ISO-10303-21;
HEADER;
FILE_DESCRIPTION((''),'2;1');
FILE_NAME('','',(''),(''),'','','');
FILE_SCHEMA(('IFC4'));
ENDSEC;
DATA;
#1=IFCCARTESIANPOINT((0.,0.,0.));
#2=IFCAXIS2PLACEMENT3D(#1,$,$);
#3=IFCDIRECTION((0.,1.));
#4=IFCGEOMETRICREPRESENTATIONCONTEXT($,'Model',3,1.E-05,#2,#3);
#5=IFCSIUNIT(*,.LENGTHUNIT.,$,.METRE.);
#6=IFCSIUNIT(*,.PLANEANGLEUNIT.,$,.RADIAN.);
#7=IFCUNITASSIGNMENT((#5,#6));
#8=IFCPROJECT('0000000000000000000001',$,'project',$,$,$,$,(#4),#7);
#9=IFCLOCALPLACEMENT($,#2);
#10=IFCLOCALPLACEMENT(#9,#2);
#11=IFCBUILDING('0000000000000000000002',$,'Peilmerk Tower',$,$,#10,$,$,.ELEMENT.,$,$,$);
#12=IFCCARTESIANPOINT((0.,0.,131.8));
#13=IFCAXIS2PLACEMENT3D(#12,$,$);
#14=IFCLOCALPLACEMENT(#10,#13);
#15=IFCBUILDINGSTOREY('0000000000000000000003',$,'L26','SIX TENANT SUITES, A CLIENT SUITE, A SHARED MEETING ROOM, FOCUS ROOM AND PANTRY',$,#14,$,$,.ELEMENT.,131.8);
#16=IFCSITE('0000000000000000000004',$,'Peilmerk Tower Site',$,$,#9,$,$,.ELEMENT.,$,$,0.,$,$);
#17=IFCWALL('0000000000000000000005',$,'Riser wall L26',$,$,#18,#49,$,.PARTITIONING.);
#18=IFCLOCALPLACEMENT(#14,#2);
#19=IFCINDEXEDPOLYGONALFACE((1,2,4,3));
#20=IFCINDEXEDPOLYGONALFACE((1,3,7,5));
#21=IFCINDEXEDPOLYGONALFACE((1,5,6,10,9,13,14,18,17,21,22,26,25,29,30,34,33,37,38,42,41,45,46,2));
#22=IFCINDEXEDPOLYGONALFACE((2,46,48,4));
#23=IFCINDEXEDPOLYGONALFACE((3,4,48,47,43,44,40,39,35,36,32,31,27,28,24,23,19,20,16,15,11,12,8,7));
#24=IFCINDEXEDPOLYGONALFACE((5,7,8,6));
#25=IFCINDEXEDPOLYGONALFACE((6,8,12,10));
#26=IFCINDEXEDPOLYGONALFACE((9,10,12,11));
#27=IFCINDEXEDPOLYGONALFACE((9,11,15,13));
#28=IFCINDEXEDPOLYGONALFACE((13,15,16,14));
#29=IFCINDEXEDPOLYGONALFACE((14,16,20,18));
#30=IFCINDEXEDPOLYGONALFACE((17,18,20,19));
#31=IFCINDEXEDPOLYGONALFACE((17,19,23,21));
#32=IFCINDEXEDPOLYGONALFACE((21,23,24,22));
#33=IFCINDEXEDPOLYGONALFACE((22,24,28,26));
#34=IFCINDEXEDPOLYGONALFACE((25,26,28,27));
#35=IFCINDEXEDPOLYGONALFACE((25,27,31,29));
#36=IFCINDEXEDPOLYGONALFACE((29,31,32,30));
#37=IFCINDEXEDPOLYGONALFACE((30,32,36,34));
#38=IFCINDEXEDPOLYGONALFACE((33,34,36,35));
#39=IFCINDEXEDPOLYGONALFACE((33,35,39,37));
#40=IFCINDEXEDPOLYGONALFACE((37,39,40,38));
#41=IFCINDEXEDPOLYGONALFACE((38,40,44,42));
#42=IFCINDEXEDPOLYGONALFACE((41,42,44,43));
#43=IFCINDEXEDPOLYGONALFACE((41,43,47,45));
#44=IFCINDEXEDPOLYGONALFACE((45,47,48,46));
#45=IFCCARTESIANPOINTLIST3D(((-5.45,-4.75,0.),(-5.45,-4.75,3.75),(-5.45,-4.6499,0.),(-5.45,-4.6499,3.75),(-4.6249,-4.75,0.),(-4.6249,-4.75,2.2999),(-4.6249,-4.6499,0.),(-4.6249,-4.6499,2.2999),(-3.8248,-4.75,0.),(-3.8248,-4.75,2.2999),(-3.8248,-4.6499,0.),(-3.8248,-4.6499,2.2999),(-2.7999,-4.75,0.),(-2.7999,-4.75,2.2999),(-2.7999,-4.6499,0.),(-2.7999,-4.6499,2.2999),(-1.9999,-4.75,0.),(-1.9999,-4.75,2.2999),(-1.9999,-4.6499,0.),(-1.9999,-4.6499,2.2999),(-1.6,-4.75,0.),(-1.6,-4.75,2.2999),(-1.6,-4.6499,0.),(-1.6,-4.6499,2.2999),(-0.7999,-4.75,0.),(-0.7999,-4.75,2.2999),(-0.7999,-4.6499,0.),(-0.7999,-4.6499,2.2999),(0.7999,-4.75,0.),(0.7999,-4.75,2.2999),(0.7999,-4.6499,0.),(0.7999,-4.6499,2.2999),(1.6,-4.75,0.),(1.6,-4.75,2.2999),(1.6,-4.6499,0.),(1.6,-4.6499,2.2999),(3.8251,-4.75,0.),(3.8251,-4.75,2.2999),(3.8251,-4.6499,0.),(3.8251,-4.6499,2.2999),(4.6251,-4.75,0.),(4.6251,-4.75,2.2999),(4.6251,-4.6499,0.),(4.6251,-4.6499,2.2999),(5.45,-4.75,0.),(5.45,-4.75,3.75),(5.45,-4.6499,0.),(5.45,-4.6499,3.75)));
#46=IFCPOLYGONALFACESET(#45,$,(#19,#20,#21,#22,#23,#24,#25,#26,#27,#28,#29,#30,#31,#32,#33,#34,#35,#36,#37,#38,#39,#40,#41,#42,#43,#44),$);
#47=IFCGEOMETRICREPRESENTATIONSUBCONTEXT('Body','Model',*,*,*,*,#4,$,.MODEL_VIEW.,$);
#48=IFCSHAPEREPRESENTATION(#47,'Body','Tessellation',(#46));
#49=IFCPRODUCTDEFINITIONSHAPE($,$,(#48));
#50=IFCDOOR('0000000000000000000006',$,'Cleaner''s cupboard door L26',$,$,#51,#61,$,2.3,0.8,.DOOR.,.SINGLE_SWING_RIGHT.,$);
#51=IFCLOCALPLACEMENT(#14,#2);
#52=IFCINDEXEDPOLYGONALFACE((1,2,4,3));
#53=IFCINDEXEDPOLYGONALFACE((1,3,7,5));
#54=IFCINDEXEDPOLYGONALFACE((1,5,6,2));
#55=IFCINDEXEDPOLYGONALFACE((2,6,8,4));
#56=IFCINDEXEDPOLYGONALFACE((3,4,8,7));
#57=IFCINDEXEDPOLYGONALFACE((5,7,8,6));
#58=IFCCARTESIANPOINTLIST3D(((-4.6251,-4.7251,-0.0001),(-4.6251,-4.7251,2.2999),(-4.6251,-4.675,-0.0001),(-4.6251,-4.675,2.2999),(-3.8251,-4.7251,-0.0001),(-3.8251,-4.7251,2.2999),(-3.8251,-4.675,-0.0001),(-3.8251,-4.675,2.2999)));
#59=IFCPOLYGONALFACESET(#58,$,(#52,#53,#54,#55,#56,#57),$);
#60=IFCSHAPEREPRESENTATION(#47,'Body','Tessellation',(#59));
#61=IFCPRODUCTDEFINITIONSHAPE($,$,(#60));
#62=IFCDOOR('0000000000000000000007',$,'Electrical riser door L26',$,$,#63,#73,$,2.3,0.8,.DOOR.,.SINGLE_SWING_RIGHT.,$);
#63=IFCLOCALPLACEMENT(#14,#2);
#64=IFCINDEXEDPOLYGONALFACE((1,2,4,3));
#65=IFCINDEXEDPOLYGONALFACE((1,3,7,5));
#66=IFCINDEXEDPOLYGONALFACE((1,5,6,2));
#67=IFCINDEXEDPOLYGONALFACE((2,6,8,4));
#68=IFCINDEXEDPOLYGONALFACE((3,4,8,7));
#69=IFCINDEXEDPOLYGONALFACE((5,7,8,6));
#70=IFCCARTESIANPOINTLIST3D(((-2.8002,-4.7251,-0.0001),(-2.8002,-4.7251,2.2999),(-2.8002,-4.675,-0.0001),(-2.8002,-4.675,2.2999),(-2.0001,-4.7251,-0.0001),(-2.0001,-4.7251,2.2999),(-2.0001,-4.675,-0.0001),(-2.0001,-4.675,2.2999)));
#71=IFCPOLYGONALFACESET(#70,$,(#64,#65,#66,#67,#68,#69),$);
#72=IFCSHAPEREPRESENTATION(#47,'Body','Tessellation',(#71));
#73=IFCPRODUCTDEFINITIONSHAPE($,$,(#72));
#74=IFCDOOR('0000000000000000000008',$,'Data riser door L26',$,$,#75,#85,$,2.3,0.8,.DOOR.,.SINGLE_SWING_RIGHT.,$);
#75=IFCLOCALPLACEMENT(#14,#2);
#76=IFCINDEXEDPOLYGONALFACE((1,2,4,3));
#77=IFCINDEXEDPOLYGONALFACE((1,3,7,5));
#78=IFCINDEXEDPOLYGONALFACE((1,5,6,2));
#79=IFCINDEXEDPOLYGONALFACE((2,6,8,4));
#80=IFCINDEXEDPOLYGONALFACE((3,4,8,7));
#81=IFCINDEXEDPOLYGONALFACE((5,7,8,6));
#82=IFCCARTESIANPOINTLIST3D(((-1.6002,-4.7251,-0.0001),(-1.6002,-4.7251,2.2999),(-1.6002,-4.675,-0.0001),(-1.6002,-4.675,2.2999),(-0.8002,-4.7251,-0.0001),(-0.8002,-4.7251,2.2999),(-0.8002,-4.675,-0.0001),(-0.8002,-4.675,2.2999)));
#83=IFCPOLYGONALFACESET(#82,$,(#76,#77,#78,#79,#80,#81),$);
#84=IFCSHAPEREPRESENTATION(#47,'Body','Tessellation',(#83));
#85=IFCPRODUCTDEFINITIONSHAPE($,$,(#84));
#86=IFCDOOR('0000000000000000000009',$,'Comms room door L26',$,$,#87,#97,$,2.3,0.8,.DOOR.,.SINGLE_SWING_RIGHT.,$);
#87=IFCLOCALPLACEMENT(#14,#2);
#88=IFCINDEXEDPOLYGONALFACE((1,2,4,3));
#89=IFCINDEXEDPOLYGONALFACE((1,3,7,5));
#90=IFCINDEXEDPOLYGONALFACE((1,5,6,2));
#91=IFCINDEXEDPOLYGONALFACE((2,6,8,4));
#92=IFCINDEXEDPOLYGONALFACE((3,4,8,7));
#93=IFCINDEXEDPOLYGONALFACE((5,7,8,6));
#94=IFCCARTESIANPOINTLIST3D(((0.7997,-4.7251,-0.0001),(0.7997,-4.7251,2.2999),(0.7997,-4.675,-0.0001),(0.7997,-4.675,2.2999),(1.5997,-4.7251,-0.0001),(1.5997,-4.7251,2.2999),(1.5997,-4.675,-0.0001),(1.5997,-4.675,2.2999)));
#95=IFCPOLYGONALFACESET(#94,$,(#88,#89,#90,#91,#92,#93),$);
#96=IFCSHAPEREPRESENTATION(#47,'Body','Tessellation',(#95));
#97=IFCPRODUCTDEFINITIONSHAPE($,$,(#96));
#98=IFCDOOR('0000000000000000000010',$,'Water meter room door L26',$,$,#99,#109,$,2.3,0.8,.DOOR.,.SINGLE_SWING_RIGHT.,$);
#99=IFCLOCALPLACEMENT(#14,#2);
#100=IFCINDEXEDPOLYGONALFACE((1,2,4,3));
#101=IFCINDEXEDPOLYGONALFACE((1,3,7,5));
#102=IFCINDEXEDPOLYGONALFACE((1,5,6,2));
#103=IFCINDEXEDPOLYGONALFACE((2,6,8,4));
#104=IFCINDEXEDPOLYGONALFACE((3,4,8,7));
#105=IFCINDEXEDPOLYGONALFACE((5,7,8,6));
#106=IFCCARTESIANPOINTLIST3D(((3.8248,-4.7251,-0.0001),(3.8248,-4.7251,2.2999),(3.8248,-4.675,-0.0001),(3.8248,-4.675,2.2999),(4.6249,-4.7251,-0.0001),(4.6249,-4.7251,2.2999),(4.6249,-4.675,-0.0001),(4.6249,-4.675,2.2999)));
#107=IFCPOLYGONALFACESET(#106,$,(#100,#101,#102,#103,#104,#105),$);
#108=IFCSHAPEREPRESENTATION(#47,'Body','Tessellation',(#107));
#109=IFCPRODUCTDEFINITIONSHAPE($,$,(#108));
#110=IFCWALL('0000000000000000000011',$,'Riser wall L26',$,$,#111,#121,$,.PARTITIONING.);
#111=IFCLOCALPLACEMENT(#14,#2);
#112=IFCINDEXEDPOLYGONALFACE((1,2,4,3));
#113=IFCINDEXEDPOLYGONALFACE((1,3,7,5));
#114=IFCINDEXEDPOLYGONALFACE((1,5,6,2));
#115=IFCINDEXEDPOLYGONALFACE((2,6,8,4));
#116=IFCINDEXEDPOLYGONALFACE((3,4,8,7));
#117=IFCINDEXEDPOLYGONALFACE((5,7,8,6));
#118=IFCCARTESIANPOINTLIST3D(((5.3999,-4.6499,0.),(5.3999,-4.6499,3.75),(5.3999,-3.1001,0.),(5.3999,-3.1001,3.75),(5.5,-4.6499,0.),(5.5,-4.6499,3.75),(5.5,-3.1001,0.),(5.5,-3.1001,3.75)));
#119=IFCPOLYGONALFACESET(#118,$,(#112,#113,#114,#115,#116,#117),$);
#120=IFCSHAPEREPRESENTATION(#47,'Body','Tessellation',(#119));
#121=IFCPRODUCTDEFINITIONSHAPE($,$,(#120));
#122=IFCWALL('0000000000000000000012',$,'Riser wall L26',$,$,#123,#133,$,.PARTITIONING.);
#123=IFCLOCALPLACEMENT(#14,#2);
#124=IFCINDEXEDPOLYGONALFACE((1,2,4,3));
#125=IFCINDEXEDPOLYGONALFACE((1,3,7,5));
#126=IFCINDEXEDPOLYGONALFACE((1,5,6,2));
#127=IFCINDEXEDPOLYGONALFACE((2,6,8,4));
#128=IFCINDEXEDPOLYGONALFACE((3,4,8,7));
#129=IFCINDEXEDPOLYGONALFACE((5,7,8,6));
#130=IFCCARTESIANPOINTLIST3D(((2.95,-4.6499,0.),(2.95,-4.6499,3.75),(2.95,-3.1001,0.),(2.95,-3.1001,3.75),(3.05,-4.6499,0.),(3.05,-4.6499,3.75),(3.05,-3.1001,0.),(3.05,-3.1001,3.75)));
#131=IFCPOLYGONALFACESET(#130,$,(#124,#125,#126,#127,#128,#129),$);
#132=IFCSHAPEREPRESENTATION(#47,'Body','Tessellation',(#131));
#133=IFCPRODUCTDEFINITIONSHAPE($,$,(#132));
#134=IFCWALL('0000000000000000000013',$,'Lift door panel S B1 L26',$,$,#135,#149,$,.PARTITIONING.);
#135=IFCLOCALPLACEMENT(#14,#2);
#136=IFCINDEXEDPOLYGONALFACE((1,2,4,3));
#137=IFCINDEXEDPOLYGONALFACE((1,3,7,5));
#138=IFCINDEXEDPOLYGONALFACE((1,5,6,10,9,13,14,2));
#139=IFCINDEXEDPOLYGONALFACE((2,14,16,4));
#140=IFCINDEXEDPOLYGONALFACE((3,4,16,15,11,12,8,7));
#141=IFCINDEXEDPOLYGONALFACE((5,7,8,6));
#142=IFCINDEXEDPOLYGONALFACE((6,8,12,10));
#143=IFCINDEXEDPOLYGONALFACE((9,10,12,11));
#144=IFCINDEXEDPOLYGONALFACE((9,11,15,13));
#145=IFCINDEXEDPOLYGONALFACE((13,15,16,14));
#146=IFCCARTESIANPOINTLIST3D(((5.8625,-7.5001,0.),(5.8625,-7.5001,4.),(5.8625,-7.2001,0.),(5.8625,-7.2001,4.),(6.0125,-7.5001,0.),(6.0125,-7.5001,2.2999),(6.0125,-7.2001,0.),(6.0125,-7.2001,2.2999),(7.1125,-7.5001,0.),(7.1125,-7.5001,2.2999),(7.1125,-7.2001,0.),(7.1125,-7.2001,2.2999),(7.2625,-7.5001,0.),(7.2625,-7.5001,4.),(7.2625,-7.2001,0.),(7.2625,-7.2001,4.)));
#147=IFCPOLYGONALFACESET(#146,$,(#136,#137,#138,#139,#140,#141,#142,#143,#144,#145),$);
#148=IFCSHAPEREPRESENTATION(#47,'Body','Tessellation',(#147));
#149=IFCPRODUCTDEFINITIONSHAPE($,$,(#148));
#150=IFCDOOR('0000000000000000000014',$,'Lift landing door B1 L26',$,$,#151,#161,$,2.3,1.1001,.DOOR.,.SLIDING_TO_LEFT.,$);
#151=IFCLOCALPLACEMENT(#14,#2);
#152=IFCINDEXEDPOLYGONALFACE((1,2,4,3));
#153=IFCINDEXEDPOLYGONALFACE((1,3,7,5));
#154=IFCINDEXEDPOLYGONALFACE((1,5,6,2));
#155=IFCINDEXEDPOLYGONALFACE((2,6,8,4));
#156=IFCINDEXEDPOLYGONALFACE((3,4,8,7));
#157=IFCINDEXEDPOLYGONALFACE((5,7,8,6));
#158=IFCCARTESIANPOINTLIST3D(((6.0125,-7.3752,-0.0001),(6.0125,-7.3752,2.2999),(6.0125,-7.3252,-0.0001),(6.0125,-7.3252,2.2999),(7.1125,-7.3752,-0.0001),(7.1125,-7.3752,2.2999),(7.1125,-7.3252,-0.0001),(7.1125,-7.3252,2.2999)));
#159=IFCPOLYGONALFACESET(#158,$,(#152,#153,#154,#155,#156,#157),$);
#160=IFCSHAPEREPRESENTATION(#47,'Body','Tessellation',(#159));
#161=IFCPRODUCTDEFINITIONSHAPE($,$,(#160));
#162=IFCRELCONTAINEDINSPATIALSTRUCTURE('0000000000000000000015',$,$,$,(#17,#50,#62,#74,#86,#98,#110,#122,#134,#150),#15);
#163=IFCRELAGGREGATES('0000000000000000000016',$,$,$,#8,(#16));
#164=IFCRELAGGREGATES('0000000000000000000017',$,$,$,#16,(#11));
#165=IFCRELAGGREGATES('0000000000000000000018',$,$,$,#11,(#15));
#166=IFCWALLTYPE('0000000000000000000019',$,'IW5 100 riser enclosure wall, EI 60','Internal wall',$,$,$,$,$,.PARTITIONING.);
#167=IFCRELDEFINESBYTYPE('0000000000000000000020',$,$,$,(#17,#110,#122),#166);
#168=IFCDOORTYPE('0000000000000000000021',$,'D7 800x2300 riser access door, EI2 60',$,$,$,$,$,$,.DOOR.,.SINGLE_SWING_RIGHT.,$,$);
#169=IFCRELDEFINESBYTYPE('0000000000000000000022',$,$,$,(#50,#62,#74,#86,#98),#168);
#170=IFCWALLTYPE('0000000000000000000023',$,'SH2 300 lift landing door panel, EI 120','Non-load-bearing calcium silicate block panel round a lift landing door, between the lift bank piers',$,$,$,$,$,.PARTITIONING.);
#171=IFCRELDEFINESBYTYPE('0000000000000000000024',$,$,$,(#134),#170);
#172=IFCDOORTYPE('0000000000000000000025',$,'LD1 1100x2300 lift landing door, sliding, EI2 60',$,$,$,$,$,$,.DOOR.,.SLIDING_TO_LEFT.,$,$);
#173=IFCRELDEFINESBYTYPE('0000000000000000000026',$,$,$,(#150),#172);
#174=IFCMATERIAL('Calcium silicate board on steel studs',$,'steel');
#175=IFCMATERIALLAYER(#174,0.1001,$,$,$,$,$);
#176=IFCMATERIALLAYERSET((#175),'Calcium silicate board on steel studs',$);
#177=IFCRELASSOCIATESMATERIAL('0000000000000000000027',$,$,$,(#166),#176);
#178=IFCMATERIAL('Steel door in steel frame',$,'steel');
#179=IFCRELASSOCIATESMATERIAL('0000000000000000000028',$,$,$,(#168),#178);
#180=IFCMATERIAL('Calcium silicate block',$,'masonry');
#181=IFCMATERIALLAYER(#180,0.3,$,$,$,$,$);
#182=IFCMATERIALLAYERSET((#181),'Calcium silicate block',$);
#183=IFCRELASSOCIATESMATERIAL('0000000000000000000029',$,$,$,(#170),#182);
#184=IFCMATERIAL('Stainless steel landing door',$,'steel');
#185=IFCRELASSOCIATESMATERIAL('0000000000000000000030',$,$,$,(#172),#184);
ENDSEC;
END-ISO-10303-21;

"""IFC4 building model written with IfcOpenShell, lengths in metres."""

from ifc_helpers import new_model, si_unit, direction, frame, frame_2d, origin, place, context, subcontext, project, spatial, rectangle, extrude, material, layer, layer_set, type_object, element, fill, save


model = new_model("IFC4")

# Units and contexts
model_context = context("Model", 3, precision=1e-05, world=origin(), true_north=direction((0.0, 1.0)))
body_context = subcontext(model_context, "Body", "Model", "MODEL_VIEW")
ifc_project = project(units=[si_unit("LENGTHUNIT", "METRE"), si_unit("PLANEANGLEUNIT", "RADIAN")], contexts=[model_context])

# Site, building, storey
site_placement = place(None, origin())
site = spatial("IfcSite", under=ifc_project, at=site_placement, Name="Peilmerk Tower Site", CompositionType="ELEMENT", RefElevation=0.0)
building_placement = place(site_placement, origin())
building = spatial("IfcBuilding", under=site, at=building_placement, Name="Peilmerk Tower", CompositionType="ELEMENT")
storey_placement = place(building_placement, frame((0.0, 0.0, 131.8)))
storey = spatial("IfcBuildingStorey", under=building, at=storey_placement, Name="L26", Description="SIX TENANT SUITES, A CLIENT SUITE, A SHARED MEETING ROOM, FOCUS ROOM AND PANTRY", CompositionType="ELEMENT", Elevation=131.8)

# Shared definitions
ifc_material_1 = material(Name="Steel door in steel frame", Category="steel")

# Shared definitions
ifc_material_2 = material(Name="Calcium silicate board on steel studs", Category="steel")
ifc_layer_1 = layer(ifc_material_2, 0.1001)
ifc_layer_set_1 = layer_set([ifc_layer_1], Name="Calcium silicate board on steel studs")
wall_type_1 = type_object("IfcWallType", Name="IW5 100 riser enclosure wall, EI 60", Description="Internal wall", PredefinedType="PARTITIONING", material=ifc_layer_set_1)

# Wall, openings, doors
wall_1_placement = place(storey_placement, frame((5.45, -4.7, 0.0), z_axis=(0.0, 0.0, 1.0), x_axis=(-1.0, 0.0, 0.0)))
wall_1 = element("IfcWall", 1, at=wall_1_placement, inside=storey, type_object=wall_type_1, Name="Riser wall L26", PredefinedType="PARTITIONING", context=body_context, shape_type="SweptSolid", body=[
    extrude(rectangle(XDim=10.8999, YDim=0.1001, at=frame_2d((5.45, 0.0))), origin(), (0.0, 0.0, 1.0), 3.75),
])
opening_1_placement = place(wall_1_placement, frame((9.2749, 0.0, 0.0)))
opening_1 = element("IfcOpeningElement", 2, at=opening_1_placement, cuts=wall_1, PredefinedType="OPENING", context=body_context, shape_type="SweptSolid", body=[
    extrude(rectangle(XDim=0.8, YDim=2.3, at=frame_2d((0.3999, 1.1499))), frame((0.0, 0.0601, 0.0), z_axis=(0.0, -1.0, 0.0), x_axis=(1.0, 0.0, 0.0)), (0.0, 0.0, 1.0), 0.1201),
])
opening_2_placement = place(wall_1_placement, frame((7.45, 0.0, 0.0)))
opening_2 = element("IfcOpeningElement", 3, at=opening_2_placement, cuts=wall_1, PredefinedType="OPENING", context=body_context, shape_type="SweptSolid", body=[
    extrude(rectangle(XDim=0.8, YDim=2.3, at=frame_2d((0.3999, 1.1499))), frame((0.0, 0.0601, 0.0), z_axis=(0.0, -1.0, 0.0), x_axis=(1.0, 0.0, 0.0)), (0.0, 0.0, 1.0), 0.1201),
])
opening_3_placement = place(wall_1_placement, frame((6.25, 0.0, 0.0)))
opening_3 = element("IfcOpeningElement", 4, at=opening_3_placement, cuts=wall_1, PredefinedType="OPENING", context=body_context, shape_type="SweptSolid", body=[
    extrude(rectangle(XDim=0.8, YDim=2.3, at=frame_2d((0.3999, 1.1499))), frame((0.0, 0.0601, 0.0), z_axis=(0.0, -1.0, 0.0), x_axis=(1.0, 0.0, 0.0)), (0.0, 0.0, 1.0), 0.1201),
])
opening_4_placement = place(wall_1_placement, frame((3.8501, 0.0, 0.0)))
opening_4 = element("IfcOpeningElement", 5, at=opening_4_placement, cuts=wall_1, PredefinedType="OPENING", context=body_context, shape_type="SweptSolid", body=[
    extrude(rectangle(XDim=0.8, YDim=2.3, at=frame_2d((0.3999, 1.1499))), frame((0.0, 0.0601, 0.0), z_axis=(0.0, -1.0, 0.0), x_axis=(1.0, 0.0, 0.0)), (0.0, 0.0, 1.0), 0.1201),
])
opening_5_placement = place(wall_1_placement, frame((0.825, 0.0, 0.0)))
opening_5 = element("IfcOpeningElement", 6, at=opening_5_placement, cuts=wall_1, PredefinedType="OPENING", context=body_context, shape_type="SweptSolid", body=[
    extrude(rectangle(XDim=0.8, YDim=2.3, at=frame_2d((0.3999, 1.1499))), frame((0.0, 0.0601, 0.0), z_axis=(0.0, -1.0, 0.0), x_axis=(1.0, 0.0, 0.0)), (0.0, 0.0, 1.0), 0.1201),
])
door_type_1 = type_object("IfcDoorType", Name="D7 800x2300 riser access door, EI2 60", OperationType="SINGLE_SWING_RIGHT", PredefinedType="DOOR", material=ifc_material_1)
door_1_placement = place(opening_1_placement, frame((0.8, 0.0, 0.0), z_axis=(0.0, 0.0, 1.0), x_axis=(-1.0, 0.0, 0.0)))
door_1 = element("IfcDoor", 7, at=door_1_placement, inside=storey, type_object=door_type_1, Name="Cleaner's cupboard door L26", OperationType="SINGLE_SWING_RIGHT", OverallHeight=2.3, OverallWidth=0.8, PredefinedType="DOOR", context=body_context, shape_type="SweptSolid", body=[
    extrude(rectangle(XDim=0.8, YDim=2.3, at=frame_2d((0.3999, 1.1499))), frame((0.0, 0.0249, 0.0), z_axis=(0.0, -1.0, 0.0), x_axis=(1.0, 0.0, 0.0)), (0.0, 0.0, 1.0), 0.05),
])
fill(opening_1, door_1)
door_2_placement = place(opening_2_placement, frame((0.8, 0.0, 0.0), z_axis=(0.0, 0.0, 1.0), x_axis=(-1.0, 0.0, 0.0)))
door_2 = element("IfcDoor", 8, at=door_2_placement, inside=storey, type_object=door_type_1, Name="Electrical riser door L26", OperationType="SINGLE_SWING_RIGHT", OverallHeight=2.3, OverallWidth=0.8, PredefinedType="DOOR", context=body_context, shape_type="SweptSolid", body=[
    extrude(rectangle(XDim=0.8, YDim=2.3, at=frame_2d((0.3999, 1.1499))), frame((0.0, 0.0249, 0.0), z_axis=(0.0, -1.0, 0.0), x_axis=(1.0, 0.0, 0.0)), (0.0, 0.0, 1.0), 0.05),
])
fill(opening_2, door_2)
door_3_placement = place(opening_3_placement, frame((0.8, 0.0, 0.0), z_axis=(0.0, 0.0, 1.0), x_axis=(-1.0, 0.0, 0.0)))
door_3 = element("IfcDoor", 9, at=door_3_placement, inside=storey, type_object=door_type_1, Name="Data riser door L26", OperationType="SINGLE_SWING_RIGHT", OverallHeight=2.3, OverallWidth=0.8, PredefinedType="DOOR", context=body_context, shape_type="SweptSolid", body=[
    extrude(rectangle(XDim=0.8, YDim=2.3, at=frame_2d((0.3999, 1.1499))), frame((0.0, 0.0249, 0.0), z_axis=(0.0, -1.0, 0.0), x_axis=(1.0, 0.0, 0.0)), (0.0, 0.0, 1.0), 0.05),
])
fill(opening_3, door_3)
door_4_placement = place(opening_4_placement, frame((0.8, 0.0, 0.0), z_axis=(0.0, 0.0, 1.0), x_axis=(-1.0, 0.0, 0.0)))
door_4 = element("IfcDoor", 10, at=door_4_placement, inside=storey, type_object=door_type_1, Name="Comms room door L26", OperationType="SINGLE_SWING_RIGHT", OverallHeight=2.3, OverallWidth=0.8, PredefinedType="DOOR", context=body_context, shape_type="SweptSolid", body=[
    extrude(rectangle(XDim=0.8, YDim=2.3, at=frame_2d((0.3999, 1.1499))), frame((0.0, 0.0249, 0.0), z_axis=(0.0, -1.0, 0.0), x_axis=(1.0, 0.0, 0.0)), (0.0, 0.0, 1.0), 0.05),
])
fill(opening_4, door_4)
door_5_placement = place(opening_5_placement, frame((0.8, 0.0, 0.0), z_axis=(0.0, 0.0, 1.0), x_axis=(-1.0, 0.0, 0.0)))
door_5 = element("IfcDoor", 11, at=door_5_placement, inside=storey, type_object=door_type_1, Name="Water meter room door L26", OperationType="SINGLE_SWING_RIGHT", OverallHeight=2.3, OverallWidth=0.8, PredefinedType="DOOR", context=body_context, shape_type="SweptSolid", body=[
    extrude(rectangle(XDim=0.8, YDim=2.3, at=frame_2d((0.3999, 1.1499))), frame((0.0, 0.0249, 0.0), z_axis=(0.0, -1.0, 0.0), x_axis=(1.0, 0.0, 0.0)), (0.0, 0.0, 1.0), 0.05),
])
fill(opening_5, door_5)

# Walls
for number, where, z_axis, x_axis, name in (
    (12, (5.45, -3.1001, 0.0), (0.0, 0.0, 1.0), (0.0, -1.0, 0.0), "Riser wall L26"),
    (13, (3.0, -3.1001, 0.0), (0.0, 0.0, 1.0), (0.0, -1.0, 0.0), "Riser wall L26"),
):
    element("IfcWall", number, at=place(storey_placement, frame(where, z_axis=z_axis, x_axis=x_axis)), inside=storey, type_object=wall_type_1, Name=name, PredefinedType="PARTITIONING", context=body_context, shape_type="SweptSolid", body=[
        extrude(rectangle(XDim=1.5498, YDim=0.1001, at=frame_2d((0.7749, 0.0))), origin(), (0.0, 0.0, 1.0), 3.75),
    ])

# Wall, opening, door
ifc_material_3 = material(Name="Calcium silicate block", Category="masonry")
ifc_layer_2 = layer(ifc_material_3, 0.3)
ifc_layer_set_2 = layer_set([ifc_layer_2], Name="Calcium silicate block")
wall_type_2 = type_object("IfcWallType", Name="SH2 300 lift landing door panel, EI 120", Description="Non-load-bearing calcium silicate block panel round a lift landing door, between the lift bank piers", PredefinedType="PARTITIONING", material=ifc_layer_set_2)
wall_2_placement = place(storey_placement, frame((5.8625, -7.3501, 0.0), z_axis=(0.0, 0.0, 1.0), x_axis=(1.0, 0.0, 0.0)))
wall_2 = element("IfcWall", 14, at=wall_2_placement, inside=storey, type_object=wall_type_2, Name="Lift door panel S B1 L26", PredefinedType="PARTITIONING", context=body_context, shape_type="SweptSolid", body=[
    extrude(rectangle(XDim=1.3999, YDim=0.3, at=frame_2d((0.7, 0.0))), origin(), (0.0, 0.0, 1.0), 4.0),
])
opening_6_placement = place(wall_2_placement, frame((0.1499, 0.0, 0.0)))
opening_6 = element("IfcOpeningElement", 15, at=opening_6_placement, cuts=wall_2, PredefinedType="OPENING", context=body_context, shape_type="SweptSolid", body=[
    extrude(rectangle(XDim=1.1001, YDim=2.3, at=frame_2d((0.55, 1.1499))), frame((0.0, 0.1599, 0.0), z_axis=(0.0, -1.0, 0.0), x_axis=(1.0, 0.0, 0.0)), (0.0, 0.0, 1.0), 0.3201),
])
ifc_material_4 = material(Name="Stainless steel landing door", Category="steel")
door_type_2 = type_object("IfcDoorType", Name="LD1 1100x2300 lift landing door, sliding, EI2 60", OperationType="SLIDING_TO_LEFT", PredefinedType="DOOR", material=ifc_material_4)
door_6_placement = place(opening_6_placement, origin())
door_6 = element("IfcDoor", 16, at=door_6_placement, inside=storey, type_object=door_type_2, Name="Lift landing door B1 L26", OperationType="SLIDING_TO_LEFT", OverallHeight=2.3, OverallWidth=1.1001, PredefinedType="DOOR", context=body_context, shape_type="SweptSolid", body=[
    extrude(rectangle(XDim=1.1001, YDim=2.3, at=frame_2d((0.55, 1.1499))), frame((0.0, 0.0249, 0.0), z_axis=(0.0, -1.0, 0.0), x_axis=(1.0, 0.0, 0.0)), (0.0, 0.0, 1.0), 0.05),
])
fill(opening_6, door_6)

save(model, "model.ifc")
